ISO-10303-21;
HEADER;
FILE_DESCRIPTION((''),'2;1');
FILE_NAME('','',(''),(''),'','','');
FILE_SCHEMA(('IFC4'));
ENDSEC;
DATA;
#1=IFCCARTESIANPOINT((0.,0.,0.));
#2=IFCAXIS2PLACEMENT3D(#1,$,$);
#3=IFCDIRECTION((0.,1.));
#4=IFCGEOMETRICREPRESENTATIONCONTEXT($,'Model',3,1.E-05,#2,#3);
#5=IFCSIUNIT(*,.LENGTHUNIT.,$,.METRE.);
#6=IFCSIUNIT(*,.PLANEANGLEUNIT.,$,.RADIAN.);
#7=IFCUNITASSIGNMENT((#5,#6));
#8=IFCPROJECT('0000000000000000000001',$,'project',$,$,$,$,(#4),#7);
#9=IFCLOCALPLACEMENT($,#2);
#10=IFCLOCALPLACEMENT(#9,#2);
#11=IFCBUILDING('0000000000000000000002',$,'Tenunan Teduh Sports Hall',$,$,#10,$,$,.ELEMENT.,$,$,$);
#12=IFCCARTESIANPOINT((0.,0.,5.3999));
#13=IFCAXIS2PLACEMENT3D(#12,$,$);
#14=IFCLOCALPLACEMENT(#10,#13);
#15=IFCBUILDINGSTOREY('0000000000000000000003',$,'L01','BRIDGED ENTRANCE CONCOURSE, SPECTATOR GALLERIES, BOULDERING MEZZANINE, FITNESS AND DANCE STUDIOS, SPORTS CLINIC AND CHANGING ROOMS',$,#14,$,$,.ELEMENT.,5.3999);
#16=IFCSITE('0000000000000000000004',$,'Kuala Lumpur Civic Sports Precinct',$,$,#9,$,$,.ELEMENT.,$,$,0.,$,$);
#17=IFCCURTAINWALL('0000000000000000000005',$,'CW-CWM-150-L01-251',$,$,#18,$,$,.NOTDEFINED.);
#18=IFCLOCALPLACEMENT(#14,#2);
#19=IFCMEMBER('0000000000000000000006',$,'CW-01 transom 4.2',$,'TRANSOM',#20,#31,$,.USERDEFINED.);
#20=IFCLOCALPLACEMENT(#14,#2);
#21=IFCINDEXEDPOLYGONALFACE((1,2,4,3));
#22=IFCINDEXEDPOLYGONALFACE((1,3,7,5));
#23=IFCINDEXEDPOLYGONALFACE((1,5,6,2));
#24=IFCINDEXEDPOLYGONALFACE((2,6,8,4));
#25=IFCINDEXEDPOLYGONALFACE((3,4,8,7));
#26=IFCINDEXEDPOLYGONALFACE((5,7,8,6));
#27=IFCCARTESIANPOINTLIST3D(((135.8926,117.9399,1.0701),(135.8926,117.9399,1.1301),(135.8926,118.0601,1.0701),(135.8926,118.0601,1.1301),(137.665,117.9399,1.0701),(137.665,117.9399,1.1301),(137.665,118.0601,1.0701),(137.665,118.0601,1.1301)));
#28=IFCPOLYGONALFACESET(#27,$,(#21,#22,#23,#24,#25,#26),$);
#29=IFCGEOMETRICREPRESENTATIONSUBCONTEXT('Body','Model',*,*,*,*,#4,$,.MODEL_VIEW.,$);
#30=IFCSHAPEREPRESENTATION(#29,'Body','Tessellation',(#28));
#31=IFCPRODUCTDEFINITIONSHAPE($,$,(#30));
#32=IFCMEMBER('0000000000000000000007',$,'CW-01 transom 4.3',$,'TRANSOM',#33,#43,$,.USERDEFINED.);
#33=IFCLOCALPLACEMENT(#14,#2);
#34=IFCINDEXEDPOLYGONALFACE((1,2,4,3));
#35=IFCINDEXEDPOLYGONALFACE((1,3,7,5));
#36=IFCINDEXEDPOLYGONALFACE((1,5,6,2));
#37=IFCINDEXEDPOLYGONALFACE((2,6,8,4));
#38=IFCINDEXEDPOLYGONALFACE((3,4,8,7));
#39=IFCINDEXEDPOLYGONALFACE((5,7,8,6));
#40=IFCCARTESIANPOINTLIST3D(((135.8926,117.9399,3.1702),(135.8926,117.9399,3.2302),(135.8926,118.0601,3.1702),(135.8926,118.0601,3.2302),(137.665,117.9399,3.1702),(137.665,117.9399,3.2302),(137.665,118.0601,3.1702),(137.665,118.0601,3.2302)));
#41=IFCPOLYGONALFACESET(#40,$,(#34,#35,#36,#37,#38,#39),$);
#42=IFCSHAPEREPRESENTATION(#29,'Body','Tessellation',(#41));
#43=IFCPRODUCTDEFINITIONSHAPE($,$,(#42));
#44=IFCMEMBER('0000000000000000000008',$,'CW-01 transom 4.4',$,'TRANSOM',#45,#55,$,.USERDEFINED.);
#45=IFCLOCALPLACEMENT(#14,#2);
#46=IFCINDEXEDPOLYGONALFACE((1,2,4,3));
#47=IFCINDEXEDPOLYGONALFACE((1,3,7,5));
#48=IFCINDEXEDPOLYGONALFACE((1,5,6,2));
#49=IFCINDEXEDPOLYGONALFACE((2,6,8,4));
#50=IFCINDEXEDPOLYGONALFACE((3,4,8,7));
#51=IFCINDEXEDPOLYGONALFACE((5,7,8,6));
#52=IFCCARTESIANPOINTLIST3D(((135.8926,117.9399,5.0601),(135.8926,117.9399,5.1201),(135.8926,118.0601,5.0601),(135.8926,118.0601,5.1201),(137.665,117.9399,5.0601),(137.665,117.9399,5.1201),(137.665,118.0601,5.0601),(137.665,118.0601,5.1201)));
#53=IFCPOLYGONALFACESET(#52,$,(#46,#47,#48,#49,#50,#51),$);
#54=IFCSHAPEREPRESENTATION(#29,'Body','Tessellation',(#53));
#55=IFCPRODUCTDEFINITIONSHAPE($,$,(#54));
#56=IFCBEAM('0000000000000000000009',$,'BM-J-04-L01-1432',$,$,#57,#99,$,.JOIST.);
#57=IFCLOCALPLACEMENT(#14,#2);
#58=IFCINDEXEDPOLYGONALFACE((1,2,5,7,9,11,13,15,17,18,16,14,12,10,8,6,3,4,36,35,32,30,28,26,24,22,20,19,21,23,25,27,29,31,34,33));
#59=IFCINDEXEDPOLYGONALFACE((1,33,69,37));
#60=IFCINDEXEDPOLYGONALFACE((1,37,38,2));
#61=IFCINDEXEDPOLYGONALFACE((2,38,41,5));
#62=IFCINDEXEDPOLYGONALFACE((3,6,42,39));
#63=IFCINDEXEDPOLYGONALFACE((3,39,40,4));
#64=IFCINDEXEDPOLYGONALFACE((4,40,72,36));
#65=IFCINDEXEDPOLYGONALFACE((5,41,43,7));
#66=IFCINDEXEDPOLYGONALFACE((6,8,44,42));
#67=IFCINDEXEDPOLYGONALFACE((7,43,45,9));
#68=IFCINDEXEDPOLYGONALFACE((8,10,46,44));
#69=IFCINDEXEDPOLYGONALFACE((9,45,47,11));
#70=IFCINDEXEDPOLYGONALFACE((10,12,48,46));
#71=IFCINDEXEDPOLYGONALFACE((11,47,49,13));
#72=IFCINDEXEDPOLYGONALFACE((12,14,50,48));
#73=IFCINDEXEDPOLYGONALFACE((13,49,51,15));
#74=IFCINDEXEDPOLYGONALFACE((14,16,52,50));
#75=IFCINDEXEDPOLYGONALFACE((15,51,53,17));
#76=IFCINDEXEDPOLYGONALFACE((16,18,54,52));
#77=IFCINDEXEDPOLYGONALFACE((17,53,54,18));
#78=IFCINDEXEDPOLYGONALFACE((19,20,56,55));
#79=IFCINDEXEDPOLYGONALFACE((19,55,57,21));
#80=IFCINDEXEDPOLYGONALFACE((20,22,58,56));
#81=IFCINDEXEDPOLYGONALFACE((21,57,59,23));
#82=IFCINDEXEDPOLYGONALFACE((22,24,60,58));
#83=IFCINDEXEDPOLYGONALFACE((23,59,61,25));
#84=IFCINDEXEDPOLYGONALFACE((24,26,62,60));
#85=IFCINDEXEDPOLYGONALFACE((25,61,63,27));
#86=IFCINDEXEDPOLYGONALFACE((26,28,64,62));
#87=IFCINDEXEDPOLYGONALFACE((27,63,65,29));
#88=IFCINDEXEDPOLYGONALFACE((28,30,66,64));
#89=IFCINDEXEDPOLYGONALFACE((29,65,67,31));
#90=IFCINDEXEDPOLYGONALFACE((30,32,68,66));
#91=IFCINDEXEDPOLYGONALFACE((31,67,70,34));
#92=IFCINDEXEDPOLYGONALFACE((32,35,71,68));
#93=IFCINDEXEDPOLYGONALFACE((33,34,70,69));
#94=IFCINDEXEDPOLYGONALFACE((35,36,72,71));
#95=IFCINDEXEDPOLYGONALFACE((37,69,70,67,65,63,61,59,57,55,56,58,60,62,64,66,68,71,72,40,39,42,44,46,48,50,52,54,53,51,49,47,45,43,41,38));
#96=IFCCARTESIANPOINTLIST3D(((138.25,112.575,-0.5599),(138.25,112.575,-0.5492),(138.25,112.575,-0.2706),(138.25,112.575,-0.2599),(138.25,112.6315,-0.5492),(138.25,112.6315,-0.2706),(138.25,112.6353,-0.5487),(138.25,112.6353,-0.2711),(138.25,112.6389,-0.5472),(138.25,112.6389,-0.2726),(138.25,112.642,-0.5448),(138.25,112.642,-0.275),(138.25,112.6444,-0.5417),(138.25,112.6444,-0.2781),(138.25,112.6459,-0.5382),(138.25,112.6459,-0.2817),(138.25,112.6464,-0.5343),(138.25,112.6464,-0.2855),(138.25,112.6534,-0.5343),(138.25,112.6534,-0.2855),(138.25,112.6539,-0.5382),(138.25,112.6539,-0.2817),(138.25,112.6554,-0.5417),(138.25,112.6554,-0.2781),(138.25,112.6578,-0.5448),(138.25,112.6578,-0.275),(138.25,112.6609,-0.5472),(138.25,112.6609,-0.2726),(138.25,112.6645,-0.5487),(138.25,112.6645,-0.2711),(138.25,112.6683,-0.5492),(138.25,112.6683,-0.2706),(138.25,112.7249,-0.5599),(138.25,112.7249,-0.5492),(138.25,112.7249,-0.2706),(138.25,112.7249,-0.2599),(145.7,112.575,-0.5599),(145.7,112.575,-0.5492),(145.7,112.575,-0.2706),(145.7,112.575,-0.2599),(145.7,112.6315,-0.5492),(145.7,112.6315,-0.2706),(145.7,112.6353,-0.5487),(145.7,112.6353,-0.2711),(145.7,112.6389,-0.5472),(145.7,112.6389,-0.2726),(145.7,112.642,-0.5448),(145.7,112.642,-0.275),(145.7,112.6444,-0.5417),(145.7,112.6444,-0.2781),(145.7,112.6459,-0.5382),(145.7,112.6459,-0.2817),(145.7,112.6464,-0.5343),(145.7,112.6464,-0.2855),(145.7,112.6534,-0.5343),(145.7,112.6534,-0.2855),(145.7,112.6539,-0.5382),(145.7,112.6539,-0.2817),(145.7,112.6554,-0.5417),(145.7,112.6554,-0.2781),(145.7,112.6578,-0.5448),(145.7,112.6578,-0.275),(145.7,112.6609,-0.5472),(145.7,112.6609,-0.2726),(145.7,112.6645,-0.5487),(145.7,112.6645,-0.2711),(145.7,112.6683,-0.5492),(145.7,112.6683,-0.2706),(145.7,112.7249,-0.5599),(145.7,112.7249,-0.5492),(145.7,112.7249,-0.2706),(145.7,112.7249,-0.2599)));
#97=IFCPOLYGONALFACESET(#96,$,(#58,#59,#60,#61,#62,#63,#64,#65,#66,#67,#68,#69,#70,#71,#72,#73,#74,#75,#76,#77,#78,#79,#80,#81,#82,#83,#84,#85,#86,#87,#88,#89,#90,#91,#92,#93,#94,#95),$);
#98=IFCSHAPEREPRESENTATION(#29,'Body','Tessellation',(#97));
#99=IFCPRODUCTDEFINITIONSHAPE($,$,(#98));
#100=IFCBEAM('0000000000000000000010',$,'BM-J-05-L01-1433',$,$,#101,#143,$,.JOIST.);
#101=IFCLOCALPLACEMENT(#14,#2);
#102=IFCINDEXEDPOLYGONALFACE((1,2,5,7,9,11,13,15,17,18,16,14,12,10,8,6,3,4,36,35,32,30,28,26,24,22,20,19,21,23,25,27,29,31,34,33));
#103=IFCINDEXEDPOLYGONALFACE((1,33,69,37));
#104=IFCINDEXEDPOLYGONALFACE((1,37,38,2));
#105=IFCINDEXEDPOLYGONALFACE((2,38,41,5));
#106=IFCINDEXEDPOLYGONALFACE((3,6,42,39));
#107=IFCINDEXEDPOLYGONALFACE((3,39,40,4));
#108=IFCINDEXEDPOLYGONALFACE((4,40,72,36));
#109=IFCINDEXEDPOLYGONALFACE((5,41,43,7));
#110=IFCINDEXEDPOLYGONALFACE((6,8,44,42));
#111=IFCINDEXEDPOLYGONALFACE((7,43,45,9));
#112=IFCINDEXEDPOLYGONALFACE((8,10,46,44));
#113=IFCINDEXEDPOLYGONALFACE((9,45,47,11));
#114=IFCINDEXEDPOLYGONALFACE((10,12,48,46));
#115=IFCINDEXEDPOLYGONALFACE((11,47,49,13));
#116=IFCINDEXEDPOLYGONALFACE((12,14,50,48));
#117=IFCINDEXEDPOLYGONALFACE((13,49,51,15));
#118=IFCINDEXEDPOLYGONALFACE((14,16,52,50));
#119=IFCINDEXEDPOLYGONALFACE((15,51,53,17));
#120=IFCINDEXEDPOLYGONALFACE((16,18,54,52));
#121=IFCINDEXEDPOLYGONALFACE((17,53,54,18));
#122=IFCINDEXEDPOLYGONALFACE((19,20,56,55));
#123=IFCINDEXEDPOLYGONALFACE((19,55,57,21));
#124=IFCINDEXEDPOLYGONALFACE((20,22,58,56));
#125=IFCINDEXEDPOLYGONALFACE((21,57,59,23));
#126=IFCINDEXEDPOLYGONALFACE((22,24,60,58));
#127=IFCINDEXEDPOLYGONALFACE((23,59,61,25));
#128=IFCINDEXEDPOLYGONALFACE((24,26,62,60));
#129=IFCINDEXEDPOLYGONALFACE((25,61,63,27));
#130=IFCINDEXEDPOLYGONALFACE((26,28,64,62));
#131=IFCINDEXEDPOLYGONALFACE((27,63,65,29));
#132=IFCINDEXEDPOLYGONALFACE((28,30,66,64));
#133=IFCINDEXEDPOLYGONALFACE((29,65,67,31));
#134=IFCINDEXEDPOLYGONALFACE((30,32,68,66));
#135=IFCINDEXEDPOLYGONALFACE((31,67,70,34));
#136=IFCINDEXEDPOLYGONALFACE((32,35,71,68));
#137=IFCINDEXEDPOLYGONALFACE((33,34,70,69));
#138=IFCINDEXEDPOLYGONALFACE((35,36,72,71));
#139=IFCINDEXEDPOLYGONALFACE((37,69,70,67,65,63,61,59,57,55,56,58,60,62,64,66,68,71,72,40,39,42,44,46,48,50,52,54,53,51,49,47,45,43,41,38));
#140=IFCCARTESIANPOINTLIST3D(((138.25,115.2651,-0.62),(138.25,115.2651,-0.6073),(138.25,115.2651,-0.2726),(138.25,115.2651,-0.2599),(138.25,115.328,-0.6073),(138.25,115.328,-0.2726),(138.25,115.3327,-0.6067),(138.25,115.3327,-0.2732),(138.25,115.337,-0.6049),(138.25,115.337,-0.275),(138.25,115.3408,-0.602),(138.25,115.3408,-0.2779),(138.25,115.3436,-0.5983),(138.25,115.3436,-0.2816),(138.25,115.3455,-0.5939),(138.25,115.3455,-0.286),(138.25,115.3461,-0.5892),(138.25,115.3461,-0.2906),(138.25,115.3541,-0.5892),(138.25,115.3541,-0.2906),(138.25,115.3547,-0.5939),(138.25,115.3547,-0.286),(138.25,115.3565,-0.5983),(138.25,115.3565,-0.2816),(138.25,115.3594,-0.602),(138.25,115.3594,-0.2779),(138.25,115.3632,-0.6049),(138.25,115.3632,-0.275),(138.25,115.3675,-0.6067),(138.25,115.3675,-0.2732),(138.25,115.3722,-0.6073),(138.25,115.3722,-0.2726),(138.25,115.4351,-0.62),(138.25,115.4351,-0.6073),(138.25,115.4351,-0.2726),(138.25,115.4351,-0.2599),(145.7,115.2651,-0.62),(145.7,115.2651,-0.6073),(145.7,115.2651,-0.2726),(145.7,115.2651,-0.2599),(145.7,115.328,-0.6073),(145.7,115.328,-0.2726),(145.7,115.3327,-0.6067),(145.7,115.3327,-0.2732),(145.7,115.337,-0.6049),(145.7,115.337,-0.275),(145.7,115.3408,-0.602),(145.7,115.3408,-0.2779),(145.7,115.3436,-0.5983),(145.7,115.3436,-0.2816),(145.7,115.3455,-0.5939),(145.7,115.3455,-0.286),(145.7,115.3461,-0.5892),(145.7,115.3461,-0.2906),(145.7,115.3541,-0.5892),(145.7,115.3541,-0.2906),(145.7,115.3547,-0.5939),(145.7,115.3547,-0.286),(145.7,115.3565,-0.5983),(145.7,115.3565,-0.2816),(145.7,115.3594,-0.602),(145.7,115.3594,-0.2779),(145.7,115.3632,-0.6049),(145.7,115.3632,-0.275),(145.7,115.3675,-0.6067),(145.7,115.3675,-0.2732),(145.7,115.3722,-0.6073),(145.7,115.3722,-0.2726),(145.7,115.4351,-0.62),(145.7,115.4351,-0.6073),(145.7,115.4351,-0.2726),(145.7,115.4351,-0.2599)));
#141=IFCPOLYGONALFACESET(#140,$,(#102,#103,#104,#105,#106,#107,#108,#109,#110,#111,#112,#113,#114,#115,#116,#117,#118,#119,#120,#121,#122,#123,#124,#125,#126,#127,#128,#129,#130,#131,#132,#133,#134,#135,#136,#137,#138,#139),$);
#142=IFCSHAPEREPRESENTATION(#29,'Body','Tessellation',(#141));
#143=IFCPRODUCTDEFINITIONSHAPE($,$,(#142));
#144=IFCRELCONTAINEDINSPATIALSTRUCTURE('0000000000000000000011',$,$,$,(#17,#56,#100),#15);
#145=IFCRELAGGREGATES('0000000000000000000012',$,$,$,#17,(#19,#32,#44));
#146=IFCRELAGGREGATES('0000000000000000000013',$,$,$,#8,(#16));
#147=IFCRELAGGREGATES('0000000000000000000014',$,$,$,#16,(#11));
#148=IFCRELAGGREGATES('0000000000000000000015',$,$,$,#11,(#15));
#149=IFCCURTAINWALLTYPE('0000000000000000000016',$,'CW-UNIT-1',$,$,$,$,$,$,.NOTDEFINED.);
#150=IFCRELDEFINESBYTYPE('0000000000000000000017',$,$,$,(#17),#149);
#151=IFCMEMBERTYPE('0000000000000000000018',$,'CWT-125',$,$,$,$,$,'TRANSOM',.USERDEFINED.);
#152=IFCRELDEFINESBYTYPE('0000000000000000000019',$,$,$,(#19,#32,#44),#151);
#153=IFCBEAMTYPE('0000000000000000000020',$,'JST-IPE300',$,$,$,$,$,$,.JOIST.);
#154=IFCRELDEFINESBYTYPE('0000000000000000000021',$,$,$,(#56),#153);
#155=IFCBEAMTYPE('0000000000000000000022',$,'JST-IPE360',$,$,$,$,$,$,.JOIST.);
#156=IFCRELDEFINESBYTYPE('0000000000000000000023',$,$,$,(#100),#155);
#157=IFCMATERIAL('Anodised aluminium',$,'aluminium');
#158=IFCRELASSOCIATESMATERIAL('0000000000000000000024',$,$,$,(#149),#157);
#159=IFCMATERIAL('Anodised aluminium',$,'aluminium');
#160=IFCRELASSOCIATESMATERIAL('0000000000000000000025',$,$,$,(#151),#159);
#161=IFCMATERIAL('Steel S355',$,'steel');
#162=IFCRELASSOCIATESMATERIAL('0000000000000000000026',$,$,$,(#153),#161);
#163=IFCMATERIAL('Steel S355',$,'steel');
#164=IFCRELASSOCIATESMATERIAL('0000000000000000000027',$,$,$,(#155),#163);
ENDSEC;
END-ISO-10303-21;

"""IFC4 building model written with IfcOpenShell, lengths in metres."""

from ifc_helpers import new_model, si_unit, direction, frame, origin, origin_2d, place, context, subcontext, project, spatial, rectangle, i_section, extrude, material, material_profile, profile_set, type_object, element, aggregate, save


model = new_model("IFC4")

# Units and contexts
model_context = context("Model", 3, precision=1e-05, world=origin(), true_north=direction((0.0, 1.0)))
body_context = subcontext(model_context, "Body", "Model", "MODEL_VIEW")
ifc_project = project(units=[si_unit("LENGTHUNIT", "METRE"), si_unit("PLANEANGLEUNIT", "RADIAN")], contexts=[model_context])

# Site, building, storey
site_placement = place(None, origin())
site = spatial("IfcSite", under=ifc_project, at=site_placement, Name="Kuala Lumpur Civic Sports Precinct", CompositionType="ELEMENT", RefElevation=0.0)
building_placement = place(site_placement, origin())
building = spatial("IfcBuilding", under=site, at=building_placement, Name="Tenunan Teduh Sports Hall", CompositionType="ELEMENT")
storey_placement = place(building_placement, frame((0.0, 0.0, 5.3999)))
storey = spatial("IfcBuildingStorey", under=building, at=storey_placement, Name="L01", Description="BRIDGED ENTRANCE CONCOURSE, SPECTATOR GALLERIES, BOULDERING MEZZANINE, FITNESS AND DANCE STUDIOS, SPORTS CLINIC AND CHANGING ROOMS", CompositionType="ELEMENT", Elevation=5.3999)

# Curtain wall, members
ifc_material_1 = material(Name="Anodised aluminium", Category="aluminium")
curtain_wall_type = type_object("IfcCurtainWallType", Name="CW-UNIT-1", PredefinedType="NOTDEFINED", material=ifc_material_1)
curtain_wall_placement = place(storey_placement, origin())
curtain_wall = element("IfcCurtainWall", 1, at=curtain_wall_placement, inside=storey, type_object=curtain_wall_type, Name="CW-CWM-150-L01-251", PredefinedType="NOTDEFINED")
ifc_material_2 = material(Name="Anodised aluminium", Category="aluminium")
ifc_material_profile_1 = material_profile(ifc_material_2, rectangle(XDim=0.0601, YDim=0.1201, at=origin_2d()), Name="CWT 60x120")
ifc_profile_set_1 = profile_set([ifc_material_profile_1], Name="Anodised aluminium")
member_type_1 = type_object("IfcMemberType", Name="CWT-125", ElementType="TRANSOM", PredefinedType="USERDEFINED", material=ifc_profile_set_1)
member_1_placement = place(storey_placement, frame((135.8926, 118.0, 1.1001), z_axis=(1.0, 0.0, 0.0), x_axis=(0.0, 0.0, 1.0)))
member_1 = element("IfcMember", 2, at=member_1_placement, type_object=member_type_1, Name="CW-01 transom 4.2", ObjectType="TRANSOM", PredefinedType="USERDEFINED", context=body_context, shape_type="SweptSolid", body=[
    extrude(rectangle(XDim=0.0601, YDim=0.1201, at=origin_2d()), origin(), (0.0, 0.0, 1.0), 1.7725),
])
member_2_placement = place(storey_placement, frame((135.8926, 118.0, 3.2002), z_axis=(1.0, 0.0, 0.0), x_axis=(0.0, 0.0, 1.0)))
member_2 = element("IfcMember", 3, at=member_2_placement, type_object=member_type_1, Name="CW-01 transom 4.3", ObjectType="TRANSOM", PredefinedType="USERDEFINED", context=body_context, shape_type="SweptSolid", body=[
    extrude(rectangle(XDim=0.0601, YDim=0.1201, at=origin_2d()), origin(), (0.0, 0.0, 1.0), 1.7725),
])
member_3_placement = place(storey_placement, frame((135.8926, 118.0, 5.0901), z_axis=(1.0, 0.0, 0.0), x_axis=(0.0, 0.0, 1.0)))
member_3 = element("IfcMember", 4, at=member_3_placement, type_object=member_type_1, Name="CW-01 transom 4.4", ObjectType="TRANSOM", PredefinedType="USERDEFINED", context=body_context, shape_type="SweptSolid", body=[
    extrude(rectangle(XDim=0.0601, YDim=0.1201, at=origin_2d()), origin(), (0.0, 0.0, 1.0), 1.7725),
])

# Beams
ifc_material_3 = material(Name="Steel S355", Category="steel")
ifc_material_profile_2 = material_profile(ifc_material_3, i_section(OverallWidth=0.1499, OverallDepth=0.3, WebThickness=0.0071, FlangeThickness=0.0107, FilletRadius=0.0149, at=origin_2d()), Name="IPE 300")
ifc_profile_set_2 = profile_set([ifc_material_profile_2], Name="Steel S355")
beam_type_1 = type_object("IfcBeamType", Name="JST-IPE300", PredefinedType="JOIST", material=ifc_profile_set_2)
beam_1_placement = place(storey_placement, frame((138.25, 112.6499, -0.4099), z_axis=(1.0, 0.0, 0.0), x_axis=(0.0, 1.0, 0.0)))
element("IfcBeam", 5, at=beam_1_placement, inside=storey, type_object=beam_type_1, Name="BM-J-04-L01-1432", PredefinedType="JOIST", context=body_context, shape_type="SweptSolid", body=[
    extrude(i_section(OverallWidth=0.1499, OverallDepth=0.3, WebThickness=0.0071, FlangeThickness=0.0107, FilletRadius=0.0149, at=origin_2d()), origin(), (0.0, 0.0, 1.0), 7.45),
])
ifc_material_4 = material(Name="Steel S355", Category="steel")
ifc_material_profile_3 = material_profile(ifc_material_4, i_section(OverallWidth=0.1699, OverallDepth=0.3601, WebThickness=0.0081, FlangeThickness=0.0127, FilletRadius=0.0181, at=origin_2d()), Name="IPE 360")
ifc_profile_set_3 = profile_set([ifc_material_profile_3], Name="Steel S355")
beam_type_2 = type_object("IfcBeamType", Name="JST-IPE360", PredefinedType="JOIST", material=ifc_profile_set_3)
beam_2_placement = place(storey_placement, frame((138.25, 115.3501, -0.4399), z_axis=(1.0, 0.0, 0.0), x_axis=(0.0, 1.0, 0.0)))
element("IfcBeam", 6, at=beam_2_placement, inside=storey, type_object=beam_type_2, Name="BM-J-05-L01-1433", PredefinedType="JOIST", context=body_context, shape_type="SweptSolid", body=[
    extrude(i_section(OverallWidth=0.1699, OverallDepth=0.3601, WebThickness=0.0081, FlangeThickness=0.0127, FilletRadius=0.0181, at=origin_2d()), origin(), (0.0, 0.0, 1.0), 7.45),
])

aggregate(curtain_wall, [member_1, member_2, member_3])

save(model, "model.ifc")
